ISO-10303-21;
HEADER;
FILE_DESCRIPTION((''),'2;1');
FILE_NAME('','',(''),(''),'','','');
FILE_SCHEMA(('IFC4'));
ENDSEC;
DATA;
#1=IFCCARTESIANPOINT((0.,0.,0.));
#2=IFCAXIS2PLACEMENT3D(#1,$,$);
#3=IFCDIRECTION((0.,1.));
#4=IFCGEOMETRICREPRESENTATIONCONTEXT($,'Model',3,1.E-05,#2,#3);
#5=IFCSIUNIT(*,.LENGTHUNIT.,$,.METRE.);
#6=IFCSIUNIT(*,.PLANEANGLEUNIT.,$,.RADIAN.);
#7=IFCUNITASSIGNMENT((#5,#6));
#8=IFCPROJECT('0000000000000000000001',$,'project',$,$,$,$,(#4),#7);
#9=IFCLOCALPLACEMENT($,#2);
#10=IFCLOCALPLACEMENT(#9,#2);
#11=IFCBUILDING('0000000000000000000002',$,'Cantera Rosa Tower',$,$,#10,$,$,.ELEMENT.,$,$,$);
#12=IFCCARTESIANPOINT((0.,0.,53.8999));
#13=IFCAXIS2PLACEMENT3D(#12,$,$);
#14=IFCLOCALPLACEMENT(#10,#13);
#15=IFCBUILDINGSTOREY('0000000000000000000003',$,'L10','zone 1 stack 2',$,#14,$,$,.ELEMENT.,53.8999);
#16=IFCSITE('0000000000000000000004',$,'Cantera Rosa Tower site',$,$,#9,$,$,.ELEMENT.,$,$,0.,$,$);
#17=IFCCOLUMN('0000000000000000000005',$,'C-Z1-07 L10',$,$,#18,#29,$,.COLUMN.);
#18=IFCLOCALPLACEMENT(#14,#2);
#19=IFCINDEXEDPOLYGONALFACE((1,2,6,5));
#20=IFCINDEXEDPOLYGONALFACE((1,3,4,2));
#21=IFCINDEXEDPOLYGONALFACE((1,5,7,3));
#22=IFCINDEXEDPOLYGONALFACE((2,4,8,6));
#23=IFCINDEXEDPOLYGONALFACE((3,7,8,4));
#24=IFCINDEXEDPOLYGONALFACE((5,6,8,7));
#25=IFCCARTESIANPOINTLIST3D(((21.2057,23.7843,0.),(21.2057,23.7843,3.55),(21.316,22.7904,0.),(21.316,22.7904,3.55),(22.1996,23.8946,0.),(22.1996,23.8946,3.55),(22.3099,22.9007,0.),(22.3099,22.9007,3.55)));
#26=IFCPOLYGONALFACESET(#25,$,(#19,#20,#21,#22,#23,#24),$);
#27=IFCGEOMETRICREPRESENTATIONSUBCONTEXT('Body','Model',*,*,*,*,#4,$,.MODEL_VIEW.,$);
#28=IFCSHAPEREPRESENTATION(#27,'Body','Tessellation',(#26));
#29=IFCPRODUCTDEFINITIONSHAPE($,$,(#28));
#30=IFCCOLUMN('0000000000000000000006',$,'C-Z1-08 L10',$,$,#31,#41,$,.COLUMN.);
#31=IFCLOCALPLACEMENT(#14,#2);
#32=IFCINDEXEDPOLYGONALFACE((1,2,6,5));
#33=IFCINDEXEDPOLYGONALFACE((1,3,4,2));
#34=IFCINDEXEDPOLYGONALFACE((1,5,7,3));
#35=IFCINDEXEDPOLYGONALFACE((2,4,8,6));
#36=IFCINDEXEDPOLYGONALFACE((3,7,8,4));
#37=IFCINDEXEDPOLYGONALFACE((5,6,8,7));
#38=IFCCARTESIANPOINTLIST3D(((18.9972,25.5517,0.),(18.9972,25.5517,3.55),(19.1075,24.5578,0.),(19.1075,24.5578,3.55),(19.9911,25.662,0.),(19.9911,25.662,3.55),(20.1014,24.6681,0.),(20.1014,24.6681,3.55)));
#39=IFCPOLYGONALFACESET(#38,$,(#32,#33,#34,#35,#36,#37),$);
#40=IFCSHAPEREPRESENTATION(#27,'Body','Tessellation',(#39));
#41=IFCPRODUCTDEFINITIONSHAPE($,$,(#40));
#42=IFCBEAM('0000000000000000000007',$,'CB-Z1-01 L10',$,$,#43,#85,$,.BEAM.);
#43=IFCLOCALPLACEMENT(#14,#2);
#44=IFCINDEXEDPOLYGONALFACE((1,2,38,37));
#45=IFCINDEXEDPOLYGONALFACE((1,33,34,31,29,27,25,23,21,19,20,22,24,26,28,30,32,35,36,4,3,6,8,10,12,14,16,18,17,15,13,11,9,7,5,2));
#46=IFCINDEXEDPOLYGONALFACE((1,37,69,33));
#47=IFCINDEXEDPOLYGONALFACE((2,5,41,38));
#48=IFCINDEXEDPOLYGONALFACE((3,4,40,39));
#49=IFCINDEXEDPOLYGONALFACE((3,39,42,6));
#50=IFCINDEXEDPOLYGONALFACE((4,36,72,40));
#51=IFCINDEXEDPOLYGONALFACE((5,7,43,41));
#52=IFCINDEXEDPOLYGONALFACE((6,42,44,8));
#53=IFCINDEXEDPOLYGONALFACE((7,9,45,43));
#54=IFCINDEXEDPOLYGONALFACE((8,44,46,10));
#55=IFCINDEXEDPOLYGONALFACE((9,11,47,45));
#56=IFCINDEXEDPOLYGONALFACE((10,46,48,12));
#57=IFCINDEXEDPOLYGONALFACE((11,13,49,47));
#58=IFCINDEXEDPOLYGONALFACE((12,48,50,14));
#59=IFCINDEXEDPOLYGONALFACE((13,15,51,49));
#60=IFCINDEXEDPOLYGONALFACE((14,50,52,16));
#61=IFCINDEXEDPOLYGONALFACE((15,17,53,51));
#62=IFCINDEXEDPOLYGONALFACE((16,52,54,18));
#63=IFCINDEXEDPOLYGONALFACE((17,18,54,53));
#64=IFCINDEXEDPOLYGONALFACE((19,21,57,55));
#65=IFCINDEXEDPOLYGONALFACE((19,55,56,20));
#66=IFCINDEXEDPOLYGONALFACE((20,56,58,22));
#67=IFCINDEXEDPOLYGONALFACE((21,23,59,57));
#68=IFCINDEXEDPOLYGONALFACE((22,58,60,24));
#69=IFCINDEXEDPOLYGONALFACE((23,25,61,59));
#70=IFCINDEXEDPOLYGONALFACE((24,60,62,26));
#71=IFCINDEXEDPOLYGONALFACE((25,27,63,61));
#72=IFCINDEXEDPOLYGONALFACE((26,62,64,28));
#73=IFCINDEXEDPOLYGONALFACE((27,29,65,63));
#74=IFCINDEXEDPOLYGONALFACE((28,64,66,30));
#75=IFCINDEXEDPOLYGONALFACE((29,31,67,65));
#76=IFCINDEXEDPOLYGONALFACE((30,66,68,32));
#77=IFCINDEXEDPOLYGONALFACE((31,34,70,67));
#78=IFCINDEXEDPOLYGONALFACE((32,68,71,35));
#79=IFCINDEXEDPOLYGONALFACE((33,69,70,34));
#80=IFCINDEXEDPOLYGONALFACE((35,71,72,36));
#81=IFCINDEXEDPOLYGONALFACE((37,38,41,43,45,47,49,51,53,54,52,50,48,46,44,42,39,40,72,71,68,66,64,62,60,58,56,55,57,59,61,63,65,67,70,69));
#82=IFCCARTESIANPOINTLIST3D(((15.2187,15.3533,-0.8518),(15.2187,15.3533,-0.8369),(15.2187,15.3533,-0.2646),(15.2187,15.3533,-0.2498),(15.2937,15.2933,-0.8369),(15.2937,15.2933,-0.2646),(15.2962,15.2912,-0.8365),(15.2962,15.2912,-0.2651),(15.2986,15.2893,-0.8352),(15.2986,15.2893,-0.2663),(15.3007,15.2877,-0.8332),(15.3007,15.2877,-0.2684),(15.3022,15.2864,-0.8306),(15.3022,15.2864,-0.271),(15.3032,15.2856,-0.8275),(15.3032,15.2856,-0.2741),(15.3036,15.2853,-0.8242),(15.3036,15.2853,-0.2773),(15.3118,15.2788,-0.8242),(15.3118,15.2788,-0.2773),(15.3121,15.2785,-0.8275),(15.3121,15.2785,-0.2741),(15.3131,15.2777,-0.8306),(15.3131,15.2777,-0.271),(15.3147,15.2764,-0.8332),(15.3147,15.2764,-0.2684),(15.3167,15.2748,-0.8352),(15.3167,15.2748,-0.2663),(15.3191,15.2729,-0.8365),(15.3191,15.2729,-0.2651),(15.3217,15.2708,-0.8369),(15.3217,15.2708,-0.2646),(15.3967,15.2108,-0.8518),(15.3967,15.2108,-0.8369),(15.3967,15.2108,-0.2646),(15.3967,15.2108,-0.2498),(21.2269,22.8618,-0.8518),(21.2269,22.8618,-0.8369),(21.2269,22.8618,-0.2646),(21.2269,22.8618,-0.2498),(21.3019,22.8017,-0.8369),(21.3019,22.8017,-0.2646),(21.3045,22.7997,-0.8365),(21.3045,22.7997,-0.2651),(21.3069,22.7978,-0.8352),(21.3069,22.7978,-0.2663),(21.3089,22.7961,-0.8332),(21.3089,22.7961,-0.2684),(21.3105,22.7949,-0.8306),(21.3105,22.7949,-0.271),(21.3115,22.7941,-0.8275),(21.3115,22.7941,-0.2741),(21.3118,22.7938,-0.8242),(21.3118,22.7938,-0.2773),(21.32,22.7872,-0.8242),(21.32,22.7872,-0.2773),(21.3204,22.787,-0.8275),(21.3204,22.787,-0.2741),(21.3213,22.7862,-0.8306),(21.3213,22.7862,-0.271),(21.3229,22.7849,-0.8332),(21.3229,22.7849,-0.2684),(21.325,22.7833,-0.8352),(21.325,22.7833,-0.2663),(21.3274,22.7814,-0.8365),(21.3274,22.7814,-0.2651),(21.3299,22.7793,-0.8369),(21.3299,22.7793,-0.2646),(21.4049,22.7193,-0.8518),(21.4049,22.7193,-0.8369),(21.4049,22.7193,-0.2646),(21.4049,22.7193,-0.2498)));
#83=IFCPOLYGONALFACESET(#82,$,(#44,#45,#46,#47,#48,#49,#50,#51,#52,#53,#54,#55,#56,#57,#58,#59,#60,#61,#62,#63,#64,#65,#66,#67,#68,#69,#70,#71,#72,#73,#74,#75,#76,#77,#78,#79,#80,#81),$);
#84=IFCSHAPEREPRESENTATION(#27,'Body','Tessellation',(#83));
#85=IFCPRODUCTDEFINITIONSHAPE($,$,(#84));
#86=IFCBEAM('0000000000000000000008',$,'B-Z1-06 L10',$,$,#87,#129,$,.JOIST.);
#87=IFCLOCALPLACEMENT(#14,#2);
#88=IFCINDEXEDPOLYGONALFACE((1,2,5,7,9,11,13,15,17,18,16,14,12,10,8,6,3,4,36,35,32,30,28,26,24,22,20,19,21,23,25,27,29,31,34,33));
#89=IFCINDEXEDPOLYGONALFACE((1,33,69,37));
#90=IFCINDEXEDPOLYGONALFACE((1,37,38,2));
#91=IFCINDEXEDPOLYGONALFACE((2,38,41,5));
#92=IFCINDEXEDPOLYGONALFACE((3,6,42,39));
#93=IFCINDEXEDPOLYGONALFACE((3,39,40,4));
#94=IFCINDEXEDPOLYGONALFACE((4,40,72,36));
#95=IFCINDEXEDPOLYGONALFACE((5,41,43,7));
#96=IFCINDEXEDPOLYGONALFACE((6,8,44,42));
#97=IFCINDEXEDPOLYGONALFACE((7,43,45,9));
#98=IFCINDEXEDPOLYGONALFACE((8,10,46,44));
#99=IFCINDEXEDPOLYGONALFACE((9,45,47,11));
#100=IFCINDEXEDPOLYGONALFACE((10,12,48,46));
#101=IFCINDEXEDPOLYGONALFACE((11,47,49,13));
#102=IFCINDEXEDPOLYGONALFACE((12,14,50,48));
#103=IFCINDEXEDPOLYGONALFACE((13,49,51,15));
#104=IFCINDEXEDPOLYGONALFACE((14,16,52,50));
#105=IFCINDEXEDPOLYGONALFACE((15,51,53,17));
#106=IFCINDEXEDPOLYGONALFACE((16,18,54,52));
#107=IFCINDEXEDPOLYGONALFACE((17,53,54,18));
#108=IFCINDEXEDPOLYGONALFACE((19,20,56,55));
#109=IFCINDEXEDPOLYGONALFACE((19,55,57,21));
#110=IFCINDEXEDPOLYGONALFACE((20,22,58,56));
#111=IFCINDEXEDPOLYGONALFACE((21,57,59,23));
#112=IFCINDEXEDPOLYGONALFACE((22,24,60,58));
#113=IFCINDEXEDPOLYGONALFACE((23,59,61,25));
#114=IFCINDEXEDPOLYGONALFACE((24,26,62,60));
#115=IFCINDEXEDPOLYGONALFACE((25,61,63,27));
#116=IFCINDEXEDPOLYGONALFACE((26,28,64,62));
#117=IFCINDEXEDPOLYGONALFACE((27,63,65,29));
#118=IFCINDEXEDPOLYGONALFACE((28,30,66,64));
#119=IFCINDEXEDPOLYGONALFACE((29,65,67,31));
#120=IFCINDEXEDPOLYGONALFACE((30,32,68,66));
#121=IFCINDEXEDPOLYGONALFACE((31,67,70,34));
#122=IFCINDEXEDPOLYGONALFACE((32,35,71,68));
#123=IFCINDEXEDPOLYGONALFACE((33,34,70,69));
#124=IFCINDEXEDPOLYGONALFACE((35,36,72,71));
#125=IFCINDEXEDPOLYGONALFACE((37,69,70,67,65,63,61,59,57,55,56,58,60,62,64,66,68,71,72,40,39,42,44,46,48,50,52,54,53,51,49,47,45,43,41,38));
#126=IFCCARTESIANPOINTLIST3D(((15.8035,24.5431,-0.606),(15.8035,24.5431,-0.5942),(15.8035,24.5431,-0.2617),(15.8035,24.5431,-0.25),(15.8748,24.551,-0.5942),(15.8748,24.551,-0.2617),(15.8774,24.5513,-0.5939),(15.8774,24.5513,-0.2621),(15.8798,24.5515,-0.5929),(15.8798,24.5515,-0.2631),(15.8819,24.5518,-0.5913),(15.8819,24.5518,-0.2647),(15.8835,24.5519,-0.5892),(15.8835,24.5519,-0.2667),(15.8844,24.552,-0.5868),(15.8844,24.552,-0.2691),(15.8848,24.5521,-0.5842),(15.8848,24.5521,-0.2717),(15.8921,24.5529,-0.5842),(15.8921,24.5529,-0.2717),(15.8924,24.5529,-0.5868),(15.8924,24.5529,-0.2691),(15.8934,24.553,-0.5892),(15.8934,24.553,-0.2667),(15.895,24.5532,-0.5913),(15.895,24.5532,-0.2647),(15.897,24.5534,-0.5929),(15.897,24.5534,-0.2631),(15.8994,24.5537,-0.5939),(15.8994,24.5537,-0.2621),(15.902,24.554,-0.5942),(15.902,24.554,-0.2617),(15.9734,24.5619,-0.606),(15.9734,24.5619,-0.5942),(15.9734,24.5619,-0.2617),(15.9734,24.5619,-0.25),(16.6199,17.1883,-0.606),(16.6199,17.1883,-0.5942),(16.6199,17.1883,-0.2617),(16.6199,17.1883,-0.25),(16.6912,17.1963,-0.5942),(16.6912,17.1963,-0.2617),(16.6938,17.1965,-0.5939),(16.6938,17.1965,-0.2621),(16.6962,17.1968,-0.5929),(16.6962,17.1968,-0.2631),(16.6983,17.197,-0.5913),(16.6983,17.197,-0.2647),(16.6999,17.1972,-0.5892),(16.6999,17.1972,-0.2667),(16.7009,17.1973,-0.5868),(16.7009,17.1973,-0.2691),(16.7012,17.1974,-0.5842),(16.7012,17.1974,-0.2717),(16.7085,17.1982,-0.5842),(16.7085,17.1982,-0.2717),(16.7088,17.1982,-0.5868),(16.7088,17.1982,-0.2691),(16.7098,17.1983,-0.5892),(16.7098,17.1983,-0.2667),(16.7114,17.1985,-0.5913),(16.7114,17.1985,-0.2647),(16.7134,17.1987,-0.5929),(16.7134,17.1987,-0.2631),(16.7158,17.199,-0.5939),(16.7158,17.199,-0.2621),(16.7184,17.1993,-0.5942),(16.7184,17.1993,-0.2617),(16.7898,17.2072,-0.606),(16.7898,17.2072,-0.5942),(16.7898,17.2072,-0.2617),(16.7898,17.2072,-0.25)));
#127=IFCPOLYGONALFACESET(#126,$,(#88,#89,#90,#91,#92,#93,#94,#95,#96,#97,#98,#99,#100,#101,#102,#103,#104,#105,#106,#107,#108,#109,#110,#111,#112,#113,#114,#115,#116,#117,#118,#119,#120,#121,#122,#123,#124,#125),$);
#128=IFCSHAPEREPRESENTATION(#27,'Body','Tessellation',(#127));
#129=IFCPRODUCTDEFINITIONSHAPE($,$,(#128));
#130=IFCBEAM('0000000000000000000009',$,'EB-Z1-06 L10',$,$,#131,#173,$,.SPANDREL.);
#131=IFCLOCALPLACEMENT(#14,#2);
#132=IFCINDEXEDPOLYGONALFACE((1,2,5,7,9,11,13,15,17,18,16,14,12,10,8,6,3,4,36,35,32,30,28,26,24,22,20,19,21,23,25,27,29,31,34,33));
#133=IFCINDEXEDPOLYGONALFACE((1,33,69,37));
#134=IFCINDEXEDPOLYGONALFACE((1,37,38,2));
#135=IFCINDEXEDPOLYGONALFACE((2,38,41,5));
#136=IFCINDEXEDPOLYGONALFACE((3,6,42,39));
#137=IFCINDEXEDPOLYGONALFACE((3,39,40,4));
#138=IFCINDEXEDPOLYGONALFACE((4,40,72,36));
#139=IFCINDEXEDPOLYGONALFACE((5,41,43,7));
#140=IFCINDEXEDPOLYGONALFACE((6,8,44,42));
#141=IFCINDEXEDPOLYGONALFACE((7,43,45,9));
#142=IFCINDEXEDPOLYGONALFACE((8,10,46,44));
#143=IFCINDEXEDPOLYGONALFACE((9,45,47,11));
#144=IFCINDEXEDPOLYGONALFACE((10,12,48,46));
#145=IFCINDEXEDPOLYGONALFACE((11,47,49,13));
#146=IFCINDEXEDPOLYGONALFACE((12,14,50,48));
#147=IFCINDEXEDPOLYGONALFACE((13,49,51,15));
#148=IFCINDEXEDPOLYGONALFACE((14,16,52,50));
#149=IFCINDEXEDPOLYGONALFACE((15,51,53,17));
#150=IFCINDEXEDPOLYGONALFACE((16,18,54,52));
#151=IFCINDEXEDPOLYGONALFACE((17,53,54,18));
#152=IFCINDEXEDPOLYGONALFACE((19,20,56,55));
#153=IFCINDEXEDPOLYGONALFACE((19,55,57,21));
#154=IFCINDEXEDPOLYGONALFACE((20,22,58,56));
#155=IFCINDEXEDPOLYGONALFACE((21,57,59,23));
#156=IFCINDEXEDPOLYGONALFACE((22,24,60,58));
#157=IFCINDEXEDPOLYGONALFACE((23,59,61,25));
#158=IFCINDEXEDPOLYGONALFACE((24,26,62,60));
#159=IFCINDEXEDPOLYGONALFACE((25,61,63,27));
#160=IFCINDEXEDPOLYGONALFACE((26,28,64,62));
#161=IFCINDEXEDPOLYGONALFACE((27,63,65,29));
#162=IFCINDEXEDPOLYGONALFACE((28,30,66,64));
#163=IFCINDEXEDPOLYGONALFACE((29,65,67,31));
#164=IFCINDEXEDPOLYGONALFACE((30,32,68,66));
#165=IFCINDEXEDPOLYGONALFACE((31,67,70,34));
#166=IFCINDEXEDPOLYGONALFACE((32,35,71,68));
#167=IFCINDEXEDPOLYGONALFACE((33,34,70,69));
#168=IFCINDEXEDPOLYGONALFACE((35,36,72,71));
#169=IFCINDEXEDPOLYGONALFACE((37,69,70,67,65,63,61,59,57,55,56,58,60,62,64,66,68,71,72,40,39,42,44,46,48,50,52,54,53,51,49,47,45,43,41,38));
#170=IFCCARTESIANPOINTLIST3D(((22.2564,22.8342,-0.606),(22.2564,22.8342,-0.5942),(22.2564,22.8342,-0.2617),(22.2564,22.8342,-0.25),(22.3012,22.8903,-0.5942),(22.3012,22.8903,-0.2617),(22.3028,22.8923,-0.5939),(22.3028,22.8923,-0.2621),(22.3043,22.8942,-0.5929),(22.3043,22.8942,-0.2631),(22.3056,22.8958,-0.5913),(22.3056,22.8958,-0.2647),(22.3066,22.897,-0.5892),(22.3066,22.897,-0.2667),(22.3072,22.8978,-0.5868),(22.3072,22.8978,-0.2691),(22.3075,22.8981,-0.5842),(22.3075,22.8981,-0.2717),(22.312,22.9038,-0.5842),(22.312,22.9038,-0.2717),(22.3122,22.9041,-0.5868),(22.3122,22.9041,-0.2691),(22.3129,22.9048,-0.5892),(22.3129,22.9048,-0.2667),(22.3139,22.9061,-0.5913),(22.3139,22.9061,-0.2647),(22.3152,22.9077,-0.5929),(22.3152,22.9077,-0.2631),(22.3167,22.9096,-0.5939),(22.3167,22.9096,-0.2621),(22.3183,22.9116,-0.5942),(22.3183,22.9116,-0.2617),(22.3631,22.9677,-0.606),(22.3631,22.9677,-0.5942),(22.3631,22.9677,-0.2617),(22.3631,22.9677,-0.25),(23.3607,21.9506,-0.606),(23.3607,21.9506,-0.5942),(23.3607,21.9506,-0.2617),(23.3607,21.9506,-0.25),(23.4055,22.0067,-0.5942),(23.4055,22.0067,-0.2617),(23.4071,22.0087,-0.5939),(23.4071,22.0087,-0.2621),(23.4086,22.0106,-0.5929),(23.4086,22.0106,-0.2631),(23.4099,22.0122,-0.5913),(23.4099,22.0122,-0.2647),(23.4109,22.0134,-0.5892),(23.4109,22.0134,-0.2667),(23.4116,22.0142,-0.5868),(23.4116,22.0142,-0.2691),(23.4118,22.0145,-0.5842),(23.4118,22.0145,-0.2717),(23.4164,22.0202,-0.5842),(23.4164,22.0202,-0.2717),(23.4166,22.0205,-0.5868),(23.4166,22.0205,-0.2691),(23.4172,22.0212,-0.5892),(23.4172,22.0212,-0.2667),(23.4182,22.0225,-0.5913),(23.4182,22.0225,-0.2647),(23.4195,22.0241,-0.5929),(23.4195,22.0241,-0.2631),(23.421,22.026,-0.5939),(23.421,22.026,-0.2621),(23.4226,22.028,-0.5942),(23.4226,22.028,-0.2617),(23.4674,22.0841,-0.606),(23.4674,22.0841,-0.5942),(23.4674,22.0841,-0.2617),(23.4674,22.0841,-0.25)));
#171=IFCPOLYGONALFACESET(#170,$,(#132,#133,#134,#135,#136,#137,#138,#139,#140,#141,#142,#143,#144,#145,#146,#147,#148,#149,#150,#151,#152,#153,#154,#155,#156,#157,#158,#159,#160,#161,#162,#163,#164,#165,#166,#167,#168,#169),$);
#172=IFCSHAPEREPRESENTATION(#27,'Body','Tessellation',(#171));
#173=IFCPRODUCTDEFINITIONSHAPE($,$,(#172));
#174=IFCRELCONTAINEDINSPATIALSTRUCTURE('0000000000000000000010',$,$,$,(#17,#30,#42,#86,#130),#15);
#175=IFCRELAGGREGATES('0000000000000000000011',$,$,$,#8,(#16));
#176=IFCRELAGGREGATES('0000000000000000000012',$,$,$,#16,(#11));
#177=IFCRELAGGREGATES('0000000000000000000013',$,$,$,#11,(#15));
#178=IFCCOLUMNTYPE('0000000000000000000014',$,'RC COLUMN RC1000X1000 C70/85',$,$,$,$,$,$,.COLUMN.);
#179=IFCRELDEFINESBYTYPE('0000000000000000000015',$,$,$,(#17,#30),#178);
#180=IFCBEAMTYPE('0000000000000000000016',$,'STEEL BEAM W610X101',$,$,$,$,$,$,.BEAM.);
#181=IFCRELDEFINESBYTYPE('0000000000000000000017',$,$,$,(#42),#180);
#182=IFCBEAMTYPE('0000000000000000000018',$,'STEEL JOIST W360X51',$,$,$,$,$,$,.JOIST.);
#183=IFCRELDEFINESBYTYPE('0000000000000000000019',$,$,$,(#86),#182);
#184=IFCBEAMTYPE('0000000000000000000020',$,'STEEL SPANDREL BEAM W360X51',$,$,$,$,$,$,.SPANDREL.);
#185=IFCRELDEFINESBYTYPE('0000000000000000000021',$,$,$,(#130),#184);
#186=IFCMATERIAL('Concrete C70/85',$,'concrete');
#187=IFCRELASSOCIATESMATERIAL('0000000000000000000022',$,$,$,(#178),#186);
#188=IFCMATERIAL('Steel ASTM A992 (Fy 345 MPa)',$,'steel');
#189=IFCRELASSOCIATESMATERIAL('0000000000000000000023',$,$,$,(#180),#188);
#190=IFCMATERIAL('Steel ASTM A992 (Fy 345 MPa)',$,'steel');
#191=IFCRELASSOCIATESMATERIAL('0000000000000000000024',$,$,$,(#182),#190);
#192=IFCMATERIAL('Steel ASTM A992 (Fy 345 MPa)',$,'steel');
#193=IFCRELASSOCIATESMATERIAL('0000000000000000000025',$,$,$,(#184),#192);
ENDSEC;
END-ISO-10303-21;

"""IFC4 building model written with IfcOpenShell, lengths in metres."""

from ifc_helpers import new_model, si_unit, direction, frame, origin, origin_2d, place, context, subcontext, project, spatial, rectangle, i_section, extrude, material, material_profile, profile_set, type_object, element, save


model = new_model("IFC4")

# Units and contexts
model_context = context("Model", 3, precision=1e-05, world=origin(), true_north=direction((0.0, 1.0)))
body_context = subcontext(model_context, "Body", "Model", "MODEL_VIEW")
ifc_project = project(units=[si_unit("LENGTHUNIT", "METRE"), si_unit("PLANEANGLEUNIT", "RADIAN")], contexts=[model_context])

# Site, building, storey
site_placement = place(None, origin())
site = spatial("IfcSite", under=ifc_project, at=site_placement, Name="Cantera Rosa Tower site", CompositionType="ELEMENT", RefElevation=0.0)
building_placement = place(site_placement, origin())
building = spatial("IfcBuilding", under=site, at=building_placement, Name="Cantera Rosa Tower", CompositionType="ELEMENT")
storey_placement = place(building_placement, frame((0.0, 0.0, 53.8999)))
storey = spatial("IfcBuildingStorey", under=building, at=storey_placement, Name="L10", Description="zone 1 stack 2", CompositionType="ELEMENT", Elevation=53.8999)

# Columns
ifc_material_1 = material(Name="Concrete C70/85", Category="concrete")
ifc_material_profile_1 = material_profile(ifc_material_1, rectangle(XDim=1.0, YDim=1.0, at=origin_2d()), Name="RC COLUMN RC1000X1000 C70/85")
ifc_profile_set_1 = profile_set([ifc_material_profile_1], Name="Concrete C70/85")
column_type = type_object("IfcColumnType", Name="RC COLUMN RC1000X1000 C70/85", PredefinedType="COLUMN", material=ifc_profile_set_1)
for number, where, z_axis, x_axis, name in (
    (1, (21.7578, 23.3425, 0.0), (0.0, 0.0, 1.0), (0.993897, 0.110313, 0.0), "C-Z1-07 L10"),
    (2, (19.5493, 25.1099, 0.0), (0.0, 0.0, 1.0), (0.993897, 0.110313, 0.0), "C-Z1-08 L10"),
):
    element("IfcColumn", number, at=place(storey_placement, frame(where, z_axis=z_axis, x_axis=x_axis)), inside=storey, type_object=column_type, Name=name, PredefinedType="COLUMN", context=body_context, shape_type="SweptSolid", body=[
        extrude(rectangle(XDim=1.0, YDim=1.0, at=origin_2d()), origin(), (0.0, 0.0, 1.0), 3.55),
    ])

# Beams
ifc_material_2 = material(Name="Steel ASTM A992 (Fy 345 MPa)", Category="steel")
ifc_material_profile_2 = material_profile(ifc_material_2, i_section(OverallWidth=0.228, OverallDepth=0.6021, WebThickness=0.0105, FlangeThickness=0.0149, FilletRadius=0.0127, at=origin_2d()), Name="W610X101")
ifc_profile_set_2 = profile_set([ifc_material_profile_2], Name="Steel ASTM A992 (Fy 345 MPa)")
beam_type_1 = type_object("IfcBeamType", Name="STEEL BEAM W610X101", PredefinedType="BEAM", material=ifc_profile_set_2)
beam_1_placement = place(storey_placement, frame((21.3159, 22.7905, -0.5508), z_axis=(-0.624788, -0.780794, 0.0), x_axis=(0.780794, -0.624788, 0.0)))
element("IfcBeam", 3, at=beam_1_placement, inside=storey, type_object=beam_type_1, Name="CB-Z1-01 L10", PredefinedType="BEAM", context=body_context, shape_type="SweptSolid", body=[
    extrude(i_section(OverallWidth=0.228, OverallDepth=0.6021, WebThickness=0.0105, FlangeThickness=0.0149, FilletRadius=0.0127, at=origin_2d()), origin(), (0.0, 0.0, 1.0), 9.6165),
])
ifc_material_3 = material(Name="Steel ASTM A992 (Fy 345 MPa)", Category="steel")
ifc_material_profile_3 = material_profile(ifc_material_3, i_section(OverallWidth=0.1709, OverallDepth=0.356, WebThickness=0.0073, FlangeThickness=0.0117, FilletRadius=0.01, at=origin_2d()), Name="W360X51")
ifc_profile_set_3 = profile_set([ifc_material_profile_3], Name="Steel ASTM A992 (Fy 345 MPa)")
beam_type_2 = type_object("IfcBeamType", Name="STEEL JOIST W360X51", PredefinedType="JOIST", material=ifc_profile_set_3)
beam_2_placement = place(storey_placement, frame((15.8884, 24.5525, -0.428), z_axis=(0.110327, -0.993895, 0.0), x_axis=(0.993895, 0.110327, 0.0)))
element("IfcBeam", 4, at=beam_2_placement, inside=storey, type_object=beam_type_2, Name="B-Z1-06 L10", PredefinedType="JOIST", context=body_context, shape_type="SweptSolid", body=[
    extrude(i_section(OverallWidth=0.1709, OverallDepth=0.356, WebThickness=0.0073, FlangeThickness=0.0117, FilletRadius=0.01, at=origin_2d()), origin(), (0.0, 0.0, 1.0), 7.3999),
])
ifc_material_4 = material(Name="Steel ASTM A992 (Fy 345 MPa)", Category="steel")
ifc_material_profile_4 = material_profile(ifc_material_4, i_section(OverallWidth=0.1709, OverallDepth=0.356, WebThickness=0.0073, FlangeThickness=0.0117, FilletRadius=0.01, at=origin_2d()), Name="W360X51")
ifc_profile_set_4 = profile_set([ifc_material_profile_4], Name="Steel ASTM A992 (Fy 345 MPa)")
beam_type_3 = type_object("IfcBeamType", Name="STEEL SPANDREL BEAM W360X51", PredefinedType="SPANDREL", material=ifc_profile_set_4)
for number, where, z_axis, x_axis, name in (
    (5, (23.4141, 22.0173, -0.428), (-0.780818, 0.624758, 0.0), (-0.624758, -0.780818, 0.0), "EB-Z1-06 L10"),
):
    element("IfcBeam", number, at=place(storey_placement, frame(where, z_axis=z_axis, x_axis=x_axis)), inside=storey, type_object=beam_type_3, Name=name, PredefinedType="SPANDREL", context=body_context, shape_type="SweptSolid", body=[
        extrude(i_section(OverallWidth=0.1709, OverallDepth=0.356, WebThickness=0.0073, FlangeThickness=0.0117, FilletRadius=0.01, at=origin_2d()), origin(), (0.0, 0.0, 1.0), 1.4143),
    ])

save(model, "model.ifc")
